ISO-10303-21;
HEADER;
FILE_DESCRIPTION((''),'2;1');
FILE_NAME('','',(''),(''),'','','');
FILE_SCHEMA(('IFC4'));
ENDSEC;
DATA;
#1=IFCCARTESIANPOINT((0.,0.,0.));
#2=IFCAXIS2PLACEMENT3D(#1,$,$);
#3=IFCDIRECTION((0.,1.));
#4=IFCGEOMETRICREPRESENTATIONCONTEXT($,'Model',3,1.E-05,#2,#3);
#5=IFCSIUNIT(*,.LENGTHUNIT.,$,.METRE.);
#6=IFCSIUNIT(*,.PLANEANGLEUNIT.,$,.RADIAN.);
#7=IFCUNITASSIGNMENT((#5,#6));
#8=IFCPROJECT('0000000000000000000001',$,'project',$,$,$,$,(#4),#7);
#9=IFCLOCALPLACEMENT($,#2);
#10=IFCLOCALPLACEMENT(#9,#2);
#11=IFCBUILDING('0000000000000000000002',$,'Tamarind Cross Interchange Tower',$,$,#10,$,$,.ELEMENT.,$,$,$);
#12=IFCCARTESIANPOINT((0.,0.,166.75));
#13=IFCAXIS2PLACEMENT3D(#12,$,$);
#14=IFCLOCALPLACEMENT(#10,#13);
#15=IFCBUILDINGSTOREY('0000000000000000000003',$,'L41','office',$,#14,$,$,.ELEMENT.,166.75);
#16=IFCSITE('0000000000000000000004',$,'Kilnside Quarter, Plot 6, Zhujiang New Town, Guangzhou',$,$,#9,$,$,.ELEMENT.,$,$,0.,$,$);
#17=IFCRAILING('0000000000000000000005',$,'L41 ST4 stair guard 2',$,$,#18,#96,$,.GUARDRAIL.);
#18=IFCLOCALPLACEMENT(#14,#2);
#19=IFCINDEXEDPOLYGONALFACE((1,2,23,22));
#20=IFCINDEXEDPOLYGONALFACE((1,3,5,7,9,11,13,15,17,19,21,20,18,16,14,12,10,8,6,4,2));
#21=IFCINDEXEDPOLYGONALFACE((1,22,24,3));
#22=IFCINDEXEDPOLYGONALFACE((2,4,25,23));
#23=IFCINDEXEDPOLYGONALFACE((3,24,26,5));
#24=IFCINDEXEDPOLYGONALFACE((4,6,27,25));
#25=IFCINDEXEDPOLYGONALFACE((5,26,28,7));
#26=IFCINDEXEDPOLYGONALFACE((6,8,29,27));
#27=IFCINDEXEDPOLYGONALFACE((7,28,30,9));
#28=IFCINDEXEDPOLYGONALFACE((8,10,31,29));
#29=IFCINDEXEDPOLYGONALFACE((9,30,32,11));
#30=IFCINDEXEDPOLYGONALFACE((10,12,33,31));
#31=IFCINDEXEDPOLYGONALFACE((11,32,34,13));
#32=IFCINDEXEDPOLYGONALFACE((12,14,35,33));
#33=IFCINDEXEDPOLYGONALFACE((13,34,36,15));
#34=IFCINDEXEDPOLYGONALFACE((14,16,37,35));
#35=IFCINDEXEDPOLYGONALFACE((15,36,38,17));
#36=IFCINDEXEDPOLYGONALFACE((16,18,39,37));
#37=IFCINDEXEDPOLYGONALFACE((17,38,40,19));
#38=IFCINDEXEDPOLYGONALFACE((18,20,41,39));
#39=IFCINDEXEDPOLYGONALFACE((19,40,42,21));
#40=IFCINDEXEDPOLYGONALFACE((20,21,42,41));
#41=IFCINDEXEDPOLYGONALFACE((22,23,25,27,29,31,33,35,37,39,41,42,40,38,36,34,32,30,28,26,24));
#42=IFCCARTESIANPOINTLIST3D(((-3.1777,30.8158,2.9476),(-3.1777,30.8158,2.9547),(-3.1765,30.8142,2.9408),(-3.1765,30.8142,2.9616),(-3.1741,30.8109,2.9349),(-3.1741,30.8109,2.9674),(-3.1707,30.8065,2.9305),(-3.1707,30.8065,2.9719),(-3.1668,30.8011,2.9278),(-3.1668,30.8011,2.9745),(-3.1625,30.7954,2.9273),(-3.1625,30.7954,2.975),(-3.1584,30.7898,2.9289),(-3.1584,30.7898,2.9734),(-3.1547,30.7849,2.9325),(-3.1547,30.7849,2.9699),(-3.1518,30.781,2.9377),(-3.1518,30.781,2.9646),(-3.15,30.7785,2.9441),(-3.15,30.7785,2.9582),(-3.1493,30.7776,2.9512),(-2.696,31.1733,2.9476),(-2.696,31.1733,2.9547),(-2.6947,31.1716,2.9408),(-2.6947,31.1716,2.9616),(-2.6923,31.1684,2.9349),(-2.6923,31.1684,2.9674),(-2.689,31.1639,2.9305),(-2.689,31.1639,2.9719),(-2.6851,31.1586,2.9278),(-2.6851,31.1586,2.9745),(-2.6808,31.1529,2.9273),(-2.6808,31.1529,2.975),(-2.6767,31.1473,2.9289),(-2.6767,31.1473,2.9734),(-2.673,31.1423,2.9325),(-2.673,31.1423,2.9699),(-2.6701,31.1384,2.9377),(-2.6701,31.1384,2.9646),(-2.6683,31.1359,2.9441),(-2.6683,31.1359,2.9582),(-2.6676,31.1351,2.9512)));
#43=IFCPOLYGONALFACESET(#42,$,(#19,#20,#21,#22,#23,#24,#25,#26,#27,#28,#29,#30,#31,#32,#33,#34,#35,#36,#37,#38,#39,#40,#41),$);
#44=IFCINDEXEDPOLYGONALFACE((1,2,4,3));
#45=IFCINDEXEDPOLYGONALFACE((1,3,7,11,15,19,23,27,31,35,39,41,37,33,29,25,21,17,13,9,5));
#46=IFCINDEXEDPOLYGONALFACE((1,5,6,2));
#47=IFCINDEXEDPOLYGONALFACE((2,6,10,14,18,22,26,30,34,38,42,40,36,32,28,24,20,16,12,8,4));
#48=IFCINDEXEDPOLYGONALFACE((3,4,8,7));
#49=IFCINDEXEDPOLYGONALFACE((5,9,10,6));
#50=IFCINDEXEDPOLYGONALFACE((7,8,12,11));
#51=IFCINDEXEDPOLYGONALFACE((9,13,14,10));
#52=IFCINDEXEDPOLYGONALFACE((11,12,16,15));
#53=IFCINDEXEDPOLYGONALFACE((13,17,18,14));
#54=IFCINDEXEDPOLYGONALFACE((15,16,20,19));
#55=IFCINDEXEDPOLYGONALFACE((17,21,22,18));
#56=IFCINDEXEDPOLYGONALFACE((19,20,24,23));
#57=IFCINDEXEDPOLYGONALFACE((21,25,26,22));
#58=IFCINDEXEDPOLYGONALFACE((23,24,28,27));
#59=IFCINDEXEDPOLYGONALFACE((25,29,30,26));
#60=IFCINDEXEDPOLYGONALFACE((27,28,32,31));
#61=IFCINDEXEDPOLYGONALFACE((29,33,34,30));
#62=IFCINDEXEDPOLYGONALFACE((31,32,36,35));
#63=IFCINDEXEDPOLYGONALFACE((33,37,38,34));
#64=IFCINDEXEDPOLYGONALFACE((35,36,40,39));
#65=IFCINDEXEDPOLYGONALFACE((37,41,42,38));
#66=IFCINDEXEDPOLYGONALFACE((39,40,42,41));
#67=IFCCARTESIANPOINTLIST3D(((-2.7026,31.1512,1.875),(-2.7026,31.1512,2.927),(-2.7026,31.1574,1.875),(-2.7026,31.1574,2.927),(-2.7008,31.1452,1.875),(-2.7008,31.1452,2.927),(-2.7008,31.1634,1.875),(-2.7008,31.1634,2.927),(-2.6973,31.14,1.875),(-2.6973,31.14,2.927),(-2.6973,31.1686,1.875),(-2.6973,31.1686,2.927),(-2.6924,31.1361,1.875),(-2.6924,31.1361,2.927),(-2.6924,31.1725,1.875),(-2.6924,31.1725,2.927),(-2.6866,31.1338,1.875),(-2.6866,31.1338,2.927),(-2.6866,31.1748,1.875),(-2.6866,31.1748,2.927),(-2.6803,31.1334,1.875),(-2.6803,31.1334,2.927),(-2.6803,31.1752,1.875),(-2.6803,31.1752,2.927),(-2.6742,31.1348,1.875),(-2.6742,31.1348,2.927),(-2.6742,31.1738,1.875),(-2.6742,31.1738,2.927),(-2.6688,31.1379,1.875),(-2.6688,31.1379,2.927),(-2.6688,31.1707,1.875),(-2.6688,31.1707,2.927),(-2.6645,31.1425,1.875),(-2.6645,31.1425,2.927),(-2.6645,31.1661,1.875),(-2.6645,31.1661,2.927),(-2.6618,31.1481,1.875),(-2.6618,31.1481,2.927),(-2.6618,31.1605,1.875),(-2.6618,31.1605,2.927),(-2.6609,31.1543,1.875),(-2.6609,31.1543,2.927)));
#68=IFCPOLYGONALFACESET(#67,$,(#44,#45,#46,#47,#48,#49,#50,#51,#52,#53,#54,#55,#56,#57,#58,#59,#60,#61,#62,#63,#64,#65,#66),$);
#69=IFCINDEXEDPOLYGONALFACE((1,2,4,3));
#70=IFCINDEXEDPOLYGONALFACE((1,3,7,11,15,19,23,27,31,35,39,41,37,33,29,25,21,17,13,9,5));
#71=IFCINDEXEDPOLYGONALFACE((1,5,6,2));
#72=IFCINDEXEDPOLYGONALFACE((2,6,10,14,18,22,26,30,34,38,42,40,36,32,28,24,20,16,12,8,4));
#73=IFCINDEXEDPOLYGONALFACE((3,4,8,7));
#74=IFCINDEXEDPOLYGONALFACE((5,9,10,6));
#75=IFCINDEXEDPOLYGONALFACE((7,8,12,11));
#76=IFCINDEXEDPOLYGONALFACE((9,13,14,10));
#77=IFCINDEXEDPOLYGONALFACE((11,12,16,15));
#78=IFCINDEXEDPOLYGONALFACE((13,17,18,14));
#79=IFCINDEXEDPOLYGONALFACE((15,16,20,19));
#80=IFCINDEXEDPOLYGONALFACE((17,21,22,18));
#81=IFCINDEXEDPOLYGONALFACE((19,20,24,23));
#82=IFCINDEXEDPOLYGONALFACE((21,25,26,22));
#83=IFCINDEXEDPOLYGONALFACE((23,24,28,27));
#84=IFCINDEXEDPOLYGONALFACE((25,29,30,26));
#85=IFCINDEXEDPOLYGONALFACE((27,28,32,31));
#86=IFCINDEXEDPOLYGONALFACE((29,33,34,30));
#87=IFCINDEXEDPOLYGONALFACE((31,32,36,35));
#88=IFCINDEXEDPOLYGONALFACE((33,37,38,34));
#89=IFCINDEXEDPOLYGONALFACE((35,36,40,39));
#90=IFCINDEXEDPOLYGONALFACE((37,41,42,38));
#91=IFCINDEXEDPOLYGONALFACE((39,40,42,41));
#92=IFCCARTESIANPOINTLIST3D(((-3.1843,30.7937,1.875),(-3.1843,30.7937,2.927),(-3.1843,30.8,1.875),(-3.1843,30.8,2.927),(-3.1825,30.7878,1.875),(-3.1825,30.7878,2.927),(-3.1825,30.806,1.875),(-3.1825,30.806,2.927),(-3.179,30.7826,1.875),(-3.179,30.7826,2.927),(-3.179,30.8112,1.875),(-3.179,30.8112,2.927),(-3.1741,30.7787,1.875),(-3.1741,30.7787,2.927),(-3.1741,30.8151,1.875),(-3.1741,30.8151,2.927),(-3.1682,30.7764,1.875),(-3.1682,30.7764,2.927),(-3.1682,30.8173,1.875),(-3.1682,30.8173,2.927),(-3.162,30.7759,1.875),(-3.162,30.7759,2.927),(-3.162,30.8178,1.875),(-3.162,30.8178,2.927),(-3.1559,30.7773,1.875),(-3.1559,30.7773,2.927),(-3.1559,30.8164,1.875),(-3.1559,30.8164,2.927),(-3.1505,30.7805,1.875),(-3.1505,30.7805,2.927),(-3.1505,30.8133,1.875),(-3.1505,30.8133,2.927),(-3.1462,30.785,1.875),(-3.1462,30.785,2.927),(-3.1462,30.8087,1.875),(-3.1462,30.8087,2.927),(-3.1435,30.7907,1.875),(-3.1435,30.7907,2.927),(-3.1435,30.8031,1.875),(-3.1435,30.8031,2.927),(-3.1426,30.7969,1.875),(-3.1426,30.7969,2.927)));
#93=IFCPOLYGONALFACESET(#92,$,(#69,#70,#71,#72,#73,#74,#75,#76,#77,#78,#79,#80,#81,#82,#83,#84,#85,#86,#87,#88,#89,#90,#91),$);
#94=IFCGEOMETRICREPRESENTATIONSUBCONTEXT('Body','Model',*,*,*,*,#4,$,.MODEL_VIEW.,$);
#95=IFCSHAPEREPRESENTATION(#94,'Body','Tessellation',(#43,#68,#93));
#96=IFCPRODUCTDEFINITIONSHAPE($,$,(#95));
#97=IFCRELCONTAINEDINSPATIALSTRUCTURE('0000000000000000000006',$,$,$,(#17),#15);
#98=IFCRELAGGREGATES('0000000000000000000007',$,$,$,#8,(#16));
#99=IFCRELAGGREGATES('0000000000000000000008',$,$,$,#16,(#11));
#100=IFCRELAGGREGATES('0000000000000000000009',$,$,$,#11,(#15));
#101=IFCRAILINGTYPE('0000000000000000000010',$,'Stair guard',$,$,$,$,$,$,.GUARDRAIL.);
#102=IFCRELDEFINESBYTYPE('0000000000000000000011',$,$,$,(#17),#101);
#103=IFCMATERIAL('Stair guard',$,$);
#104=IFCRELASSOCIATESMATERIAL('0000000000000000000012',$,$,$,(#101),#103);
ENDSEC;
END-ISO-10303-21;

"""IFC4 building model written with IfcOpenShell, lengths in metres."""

from ifc_helpers import new_model, si_unit, direction, frame, origin, origin_2d, place, context, subcontext, project, spatial, circle, extrude, material, type_object, element, save


model = new_model("IFC4")

# Units and contexts
model_context = context("Model", 3, precision=1e-05, world=origin(), true_north=direction((0.0, 1.0)))
body_context = subcontext(model_context, "Body", "Model", "MODEL_VIEW")
ifc_project = project(units=[si_unit("LENGTHUNIT", "METRE"), si_unit("PLANEANGLEUNIT", "RADIAN")], contexts=[model_context])

# Site, building, storey
site_placement = place(None, origin())
site = spatial("IfcSite", under=ifc_project, at=site_placement, Name="Kilnside Quarter, Plot 6, Zhujiang New Town, Guangzhou", CompositionType="ELEMENT", RefElevation=0.0)
building_placement = place(site_placement, origin())
building = spatial("IfcBuilding", under=site, at=building_placement, Name="Tamarind Cross Interchange Tower", CompositionType="ELEMENT")
storey_placement = place(building_placement, frame((0.0, 0.0, 166.75)))
storey = spatial("IfcBuildingStorey", under=building, at=storey_placement, Name="L41", Description="office", CompositionType="ELEMENT", Elevation=166.75)

# Railing
ifc_material_1 = material(Name="Stair guard")
railing_type_1 = type_object("IfcRailingType", Name="Stair guard", PredefinedType="GUARDRAIL", material=ifc_material_1)
railing_1_placement = place(storey_placement, frame((-2.6819, 31.1543, 1.875)))
element("IfcRailing", 1, at=railing_1_placement, inside=storey, type_object=railing_type_1, Name="L41 ST4 stair guard 2", PredefinedType="GUARDRAIL", context=body_context, shape_type="SweptSolid", body=[
    extrude(circle(Radius=0.0239, at=origin_2d()), frame((0.0, 0.0, 1.0762), z_axis=(-0.803067, -0.595889, 0.0), x_axis=(0.595889, -0.803067, 0.0)), (0.0, 0.0, 1.0), 0.5999),
    extrude(circle(Radius=0.021, at=origin_2d()), origin(), (0.0, 0.0, 1.0), 1.052),
    extrude(circle(Radius=0.021, at=origin_2d()), frame((-0.4817, -0.3574, 0.0)), (0.0, 0.0, 1.0), 1.052),
])

save(model, "model.ifc")
